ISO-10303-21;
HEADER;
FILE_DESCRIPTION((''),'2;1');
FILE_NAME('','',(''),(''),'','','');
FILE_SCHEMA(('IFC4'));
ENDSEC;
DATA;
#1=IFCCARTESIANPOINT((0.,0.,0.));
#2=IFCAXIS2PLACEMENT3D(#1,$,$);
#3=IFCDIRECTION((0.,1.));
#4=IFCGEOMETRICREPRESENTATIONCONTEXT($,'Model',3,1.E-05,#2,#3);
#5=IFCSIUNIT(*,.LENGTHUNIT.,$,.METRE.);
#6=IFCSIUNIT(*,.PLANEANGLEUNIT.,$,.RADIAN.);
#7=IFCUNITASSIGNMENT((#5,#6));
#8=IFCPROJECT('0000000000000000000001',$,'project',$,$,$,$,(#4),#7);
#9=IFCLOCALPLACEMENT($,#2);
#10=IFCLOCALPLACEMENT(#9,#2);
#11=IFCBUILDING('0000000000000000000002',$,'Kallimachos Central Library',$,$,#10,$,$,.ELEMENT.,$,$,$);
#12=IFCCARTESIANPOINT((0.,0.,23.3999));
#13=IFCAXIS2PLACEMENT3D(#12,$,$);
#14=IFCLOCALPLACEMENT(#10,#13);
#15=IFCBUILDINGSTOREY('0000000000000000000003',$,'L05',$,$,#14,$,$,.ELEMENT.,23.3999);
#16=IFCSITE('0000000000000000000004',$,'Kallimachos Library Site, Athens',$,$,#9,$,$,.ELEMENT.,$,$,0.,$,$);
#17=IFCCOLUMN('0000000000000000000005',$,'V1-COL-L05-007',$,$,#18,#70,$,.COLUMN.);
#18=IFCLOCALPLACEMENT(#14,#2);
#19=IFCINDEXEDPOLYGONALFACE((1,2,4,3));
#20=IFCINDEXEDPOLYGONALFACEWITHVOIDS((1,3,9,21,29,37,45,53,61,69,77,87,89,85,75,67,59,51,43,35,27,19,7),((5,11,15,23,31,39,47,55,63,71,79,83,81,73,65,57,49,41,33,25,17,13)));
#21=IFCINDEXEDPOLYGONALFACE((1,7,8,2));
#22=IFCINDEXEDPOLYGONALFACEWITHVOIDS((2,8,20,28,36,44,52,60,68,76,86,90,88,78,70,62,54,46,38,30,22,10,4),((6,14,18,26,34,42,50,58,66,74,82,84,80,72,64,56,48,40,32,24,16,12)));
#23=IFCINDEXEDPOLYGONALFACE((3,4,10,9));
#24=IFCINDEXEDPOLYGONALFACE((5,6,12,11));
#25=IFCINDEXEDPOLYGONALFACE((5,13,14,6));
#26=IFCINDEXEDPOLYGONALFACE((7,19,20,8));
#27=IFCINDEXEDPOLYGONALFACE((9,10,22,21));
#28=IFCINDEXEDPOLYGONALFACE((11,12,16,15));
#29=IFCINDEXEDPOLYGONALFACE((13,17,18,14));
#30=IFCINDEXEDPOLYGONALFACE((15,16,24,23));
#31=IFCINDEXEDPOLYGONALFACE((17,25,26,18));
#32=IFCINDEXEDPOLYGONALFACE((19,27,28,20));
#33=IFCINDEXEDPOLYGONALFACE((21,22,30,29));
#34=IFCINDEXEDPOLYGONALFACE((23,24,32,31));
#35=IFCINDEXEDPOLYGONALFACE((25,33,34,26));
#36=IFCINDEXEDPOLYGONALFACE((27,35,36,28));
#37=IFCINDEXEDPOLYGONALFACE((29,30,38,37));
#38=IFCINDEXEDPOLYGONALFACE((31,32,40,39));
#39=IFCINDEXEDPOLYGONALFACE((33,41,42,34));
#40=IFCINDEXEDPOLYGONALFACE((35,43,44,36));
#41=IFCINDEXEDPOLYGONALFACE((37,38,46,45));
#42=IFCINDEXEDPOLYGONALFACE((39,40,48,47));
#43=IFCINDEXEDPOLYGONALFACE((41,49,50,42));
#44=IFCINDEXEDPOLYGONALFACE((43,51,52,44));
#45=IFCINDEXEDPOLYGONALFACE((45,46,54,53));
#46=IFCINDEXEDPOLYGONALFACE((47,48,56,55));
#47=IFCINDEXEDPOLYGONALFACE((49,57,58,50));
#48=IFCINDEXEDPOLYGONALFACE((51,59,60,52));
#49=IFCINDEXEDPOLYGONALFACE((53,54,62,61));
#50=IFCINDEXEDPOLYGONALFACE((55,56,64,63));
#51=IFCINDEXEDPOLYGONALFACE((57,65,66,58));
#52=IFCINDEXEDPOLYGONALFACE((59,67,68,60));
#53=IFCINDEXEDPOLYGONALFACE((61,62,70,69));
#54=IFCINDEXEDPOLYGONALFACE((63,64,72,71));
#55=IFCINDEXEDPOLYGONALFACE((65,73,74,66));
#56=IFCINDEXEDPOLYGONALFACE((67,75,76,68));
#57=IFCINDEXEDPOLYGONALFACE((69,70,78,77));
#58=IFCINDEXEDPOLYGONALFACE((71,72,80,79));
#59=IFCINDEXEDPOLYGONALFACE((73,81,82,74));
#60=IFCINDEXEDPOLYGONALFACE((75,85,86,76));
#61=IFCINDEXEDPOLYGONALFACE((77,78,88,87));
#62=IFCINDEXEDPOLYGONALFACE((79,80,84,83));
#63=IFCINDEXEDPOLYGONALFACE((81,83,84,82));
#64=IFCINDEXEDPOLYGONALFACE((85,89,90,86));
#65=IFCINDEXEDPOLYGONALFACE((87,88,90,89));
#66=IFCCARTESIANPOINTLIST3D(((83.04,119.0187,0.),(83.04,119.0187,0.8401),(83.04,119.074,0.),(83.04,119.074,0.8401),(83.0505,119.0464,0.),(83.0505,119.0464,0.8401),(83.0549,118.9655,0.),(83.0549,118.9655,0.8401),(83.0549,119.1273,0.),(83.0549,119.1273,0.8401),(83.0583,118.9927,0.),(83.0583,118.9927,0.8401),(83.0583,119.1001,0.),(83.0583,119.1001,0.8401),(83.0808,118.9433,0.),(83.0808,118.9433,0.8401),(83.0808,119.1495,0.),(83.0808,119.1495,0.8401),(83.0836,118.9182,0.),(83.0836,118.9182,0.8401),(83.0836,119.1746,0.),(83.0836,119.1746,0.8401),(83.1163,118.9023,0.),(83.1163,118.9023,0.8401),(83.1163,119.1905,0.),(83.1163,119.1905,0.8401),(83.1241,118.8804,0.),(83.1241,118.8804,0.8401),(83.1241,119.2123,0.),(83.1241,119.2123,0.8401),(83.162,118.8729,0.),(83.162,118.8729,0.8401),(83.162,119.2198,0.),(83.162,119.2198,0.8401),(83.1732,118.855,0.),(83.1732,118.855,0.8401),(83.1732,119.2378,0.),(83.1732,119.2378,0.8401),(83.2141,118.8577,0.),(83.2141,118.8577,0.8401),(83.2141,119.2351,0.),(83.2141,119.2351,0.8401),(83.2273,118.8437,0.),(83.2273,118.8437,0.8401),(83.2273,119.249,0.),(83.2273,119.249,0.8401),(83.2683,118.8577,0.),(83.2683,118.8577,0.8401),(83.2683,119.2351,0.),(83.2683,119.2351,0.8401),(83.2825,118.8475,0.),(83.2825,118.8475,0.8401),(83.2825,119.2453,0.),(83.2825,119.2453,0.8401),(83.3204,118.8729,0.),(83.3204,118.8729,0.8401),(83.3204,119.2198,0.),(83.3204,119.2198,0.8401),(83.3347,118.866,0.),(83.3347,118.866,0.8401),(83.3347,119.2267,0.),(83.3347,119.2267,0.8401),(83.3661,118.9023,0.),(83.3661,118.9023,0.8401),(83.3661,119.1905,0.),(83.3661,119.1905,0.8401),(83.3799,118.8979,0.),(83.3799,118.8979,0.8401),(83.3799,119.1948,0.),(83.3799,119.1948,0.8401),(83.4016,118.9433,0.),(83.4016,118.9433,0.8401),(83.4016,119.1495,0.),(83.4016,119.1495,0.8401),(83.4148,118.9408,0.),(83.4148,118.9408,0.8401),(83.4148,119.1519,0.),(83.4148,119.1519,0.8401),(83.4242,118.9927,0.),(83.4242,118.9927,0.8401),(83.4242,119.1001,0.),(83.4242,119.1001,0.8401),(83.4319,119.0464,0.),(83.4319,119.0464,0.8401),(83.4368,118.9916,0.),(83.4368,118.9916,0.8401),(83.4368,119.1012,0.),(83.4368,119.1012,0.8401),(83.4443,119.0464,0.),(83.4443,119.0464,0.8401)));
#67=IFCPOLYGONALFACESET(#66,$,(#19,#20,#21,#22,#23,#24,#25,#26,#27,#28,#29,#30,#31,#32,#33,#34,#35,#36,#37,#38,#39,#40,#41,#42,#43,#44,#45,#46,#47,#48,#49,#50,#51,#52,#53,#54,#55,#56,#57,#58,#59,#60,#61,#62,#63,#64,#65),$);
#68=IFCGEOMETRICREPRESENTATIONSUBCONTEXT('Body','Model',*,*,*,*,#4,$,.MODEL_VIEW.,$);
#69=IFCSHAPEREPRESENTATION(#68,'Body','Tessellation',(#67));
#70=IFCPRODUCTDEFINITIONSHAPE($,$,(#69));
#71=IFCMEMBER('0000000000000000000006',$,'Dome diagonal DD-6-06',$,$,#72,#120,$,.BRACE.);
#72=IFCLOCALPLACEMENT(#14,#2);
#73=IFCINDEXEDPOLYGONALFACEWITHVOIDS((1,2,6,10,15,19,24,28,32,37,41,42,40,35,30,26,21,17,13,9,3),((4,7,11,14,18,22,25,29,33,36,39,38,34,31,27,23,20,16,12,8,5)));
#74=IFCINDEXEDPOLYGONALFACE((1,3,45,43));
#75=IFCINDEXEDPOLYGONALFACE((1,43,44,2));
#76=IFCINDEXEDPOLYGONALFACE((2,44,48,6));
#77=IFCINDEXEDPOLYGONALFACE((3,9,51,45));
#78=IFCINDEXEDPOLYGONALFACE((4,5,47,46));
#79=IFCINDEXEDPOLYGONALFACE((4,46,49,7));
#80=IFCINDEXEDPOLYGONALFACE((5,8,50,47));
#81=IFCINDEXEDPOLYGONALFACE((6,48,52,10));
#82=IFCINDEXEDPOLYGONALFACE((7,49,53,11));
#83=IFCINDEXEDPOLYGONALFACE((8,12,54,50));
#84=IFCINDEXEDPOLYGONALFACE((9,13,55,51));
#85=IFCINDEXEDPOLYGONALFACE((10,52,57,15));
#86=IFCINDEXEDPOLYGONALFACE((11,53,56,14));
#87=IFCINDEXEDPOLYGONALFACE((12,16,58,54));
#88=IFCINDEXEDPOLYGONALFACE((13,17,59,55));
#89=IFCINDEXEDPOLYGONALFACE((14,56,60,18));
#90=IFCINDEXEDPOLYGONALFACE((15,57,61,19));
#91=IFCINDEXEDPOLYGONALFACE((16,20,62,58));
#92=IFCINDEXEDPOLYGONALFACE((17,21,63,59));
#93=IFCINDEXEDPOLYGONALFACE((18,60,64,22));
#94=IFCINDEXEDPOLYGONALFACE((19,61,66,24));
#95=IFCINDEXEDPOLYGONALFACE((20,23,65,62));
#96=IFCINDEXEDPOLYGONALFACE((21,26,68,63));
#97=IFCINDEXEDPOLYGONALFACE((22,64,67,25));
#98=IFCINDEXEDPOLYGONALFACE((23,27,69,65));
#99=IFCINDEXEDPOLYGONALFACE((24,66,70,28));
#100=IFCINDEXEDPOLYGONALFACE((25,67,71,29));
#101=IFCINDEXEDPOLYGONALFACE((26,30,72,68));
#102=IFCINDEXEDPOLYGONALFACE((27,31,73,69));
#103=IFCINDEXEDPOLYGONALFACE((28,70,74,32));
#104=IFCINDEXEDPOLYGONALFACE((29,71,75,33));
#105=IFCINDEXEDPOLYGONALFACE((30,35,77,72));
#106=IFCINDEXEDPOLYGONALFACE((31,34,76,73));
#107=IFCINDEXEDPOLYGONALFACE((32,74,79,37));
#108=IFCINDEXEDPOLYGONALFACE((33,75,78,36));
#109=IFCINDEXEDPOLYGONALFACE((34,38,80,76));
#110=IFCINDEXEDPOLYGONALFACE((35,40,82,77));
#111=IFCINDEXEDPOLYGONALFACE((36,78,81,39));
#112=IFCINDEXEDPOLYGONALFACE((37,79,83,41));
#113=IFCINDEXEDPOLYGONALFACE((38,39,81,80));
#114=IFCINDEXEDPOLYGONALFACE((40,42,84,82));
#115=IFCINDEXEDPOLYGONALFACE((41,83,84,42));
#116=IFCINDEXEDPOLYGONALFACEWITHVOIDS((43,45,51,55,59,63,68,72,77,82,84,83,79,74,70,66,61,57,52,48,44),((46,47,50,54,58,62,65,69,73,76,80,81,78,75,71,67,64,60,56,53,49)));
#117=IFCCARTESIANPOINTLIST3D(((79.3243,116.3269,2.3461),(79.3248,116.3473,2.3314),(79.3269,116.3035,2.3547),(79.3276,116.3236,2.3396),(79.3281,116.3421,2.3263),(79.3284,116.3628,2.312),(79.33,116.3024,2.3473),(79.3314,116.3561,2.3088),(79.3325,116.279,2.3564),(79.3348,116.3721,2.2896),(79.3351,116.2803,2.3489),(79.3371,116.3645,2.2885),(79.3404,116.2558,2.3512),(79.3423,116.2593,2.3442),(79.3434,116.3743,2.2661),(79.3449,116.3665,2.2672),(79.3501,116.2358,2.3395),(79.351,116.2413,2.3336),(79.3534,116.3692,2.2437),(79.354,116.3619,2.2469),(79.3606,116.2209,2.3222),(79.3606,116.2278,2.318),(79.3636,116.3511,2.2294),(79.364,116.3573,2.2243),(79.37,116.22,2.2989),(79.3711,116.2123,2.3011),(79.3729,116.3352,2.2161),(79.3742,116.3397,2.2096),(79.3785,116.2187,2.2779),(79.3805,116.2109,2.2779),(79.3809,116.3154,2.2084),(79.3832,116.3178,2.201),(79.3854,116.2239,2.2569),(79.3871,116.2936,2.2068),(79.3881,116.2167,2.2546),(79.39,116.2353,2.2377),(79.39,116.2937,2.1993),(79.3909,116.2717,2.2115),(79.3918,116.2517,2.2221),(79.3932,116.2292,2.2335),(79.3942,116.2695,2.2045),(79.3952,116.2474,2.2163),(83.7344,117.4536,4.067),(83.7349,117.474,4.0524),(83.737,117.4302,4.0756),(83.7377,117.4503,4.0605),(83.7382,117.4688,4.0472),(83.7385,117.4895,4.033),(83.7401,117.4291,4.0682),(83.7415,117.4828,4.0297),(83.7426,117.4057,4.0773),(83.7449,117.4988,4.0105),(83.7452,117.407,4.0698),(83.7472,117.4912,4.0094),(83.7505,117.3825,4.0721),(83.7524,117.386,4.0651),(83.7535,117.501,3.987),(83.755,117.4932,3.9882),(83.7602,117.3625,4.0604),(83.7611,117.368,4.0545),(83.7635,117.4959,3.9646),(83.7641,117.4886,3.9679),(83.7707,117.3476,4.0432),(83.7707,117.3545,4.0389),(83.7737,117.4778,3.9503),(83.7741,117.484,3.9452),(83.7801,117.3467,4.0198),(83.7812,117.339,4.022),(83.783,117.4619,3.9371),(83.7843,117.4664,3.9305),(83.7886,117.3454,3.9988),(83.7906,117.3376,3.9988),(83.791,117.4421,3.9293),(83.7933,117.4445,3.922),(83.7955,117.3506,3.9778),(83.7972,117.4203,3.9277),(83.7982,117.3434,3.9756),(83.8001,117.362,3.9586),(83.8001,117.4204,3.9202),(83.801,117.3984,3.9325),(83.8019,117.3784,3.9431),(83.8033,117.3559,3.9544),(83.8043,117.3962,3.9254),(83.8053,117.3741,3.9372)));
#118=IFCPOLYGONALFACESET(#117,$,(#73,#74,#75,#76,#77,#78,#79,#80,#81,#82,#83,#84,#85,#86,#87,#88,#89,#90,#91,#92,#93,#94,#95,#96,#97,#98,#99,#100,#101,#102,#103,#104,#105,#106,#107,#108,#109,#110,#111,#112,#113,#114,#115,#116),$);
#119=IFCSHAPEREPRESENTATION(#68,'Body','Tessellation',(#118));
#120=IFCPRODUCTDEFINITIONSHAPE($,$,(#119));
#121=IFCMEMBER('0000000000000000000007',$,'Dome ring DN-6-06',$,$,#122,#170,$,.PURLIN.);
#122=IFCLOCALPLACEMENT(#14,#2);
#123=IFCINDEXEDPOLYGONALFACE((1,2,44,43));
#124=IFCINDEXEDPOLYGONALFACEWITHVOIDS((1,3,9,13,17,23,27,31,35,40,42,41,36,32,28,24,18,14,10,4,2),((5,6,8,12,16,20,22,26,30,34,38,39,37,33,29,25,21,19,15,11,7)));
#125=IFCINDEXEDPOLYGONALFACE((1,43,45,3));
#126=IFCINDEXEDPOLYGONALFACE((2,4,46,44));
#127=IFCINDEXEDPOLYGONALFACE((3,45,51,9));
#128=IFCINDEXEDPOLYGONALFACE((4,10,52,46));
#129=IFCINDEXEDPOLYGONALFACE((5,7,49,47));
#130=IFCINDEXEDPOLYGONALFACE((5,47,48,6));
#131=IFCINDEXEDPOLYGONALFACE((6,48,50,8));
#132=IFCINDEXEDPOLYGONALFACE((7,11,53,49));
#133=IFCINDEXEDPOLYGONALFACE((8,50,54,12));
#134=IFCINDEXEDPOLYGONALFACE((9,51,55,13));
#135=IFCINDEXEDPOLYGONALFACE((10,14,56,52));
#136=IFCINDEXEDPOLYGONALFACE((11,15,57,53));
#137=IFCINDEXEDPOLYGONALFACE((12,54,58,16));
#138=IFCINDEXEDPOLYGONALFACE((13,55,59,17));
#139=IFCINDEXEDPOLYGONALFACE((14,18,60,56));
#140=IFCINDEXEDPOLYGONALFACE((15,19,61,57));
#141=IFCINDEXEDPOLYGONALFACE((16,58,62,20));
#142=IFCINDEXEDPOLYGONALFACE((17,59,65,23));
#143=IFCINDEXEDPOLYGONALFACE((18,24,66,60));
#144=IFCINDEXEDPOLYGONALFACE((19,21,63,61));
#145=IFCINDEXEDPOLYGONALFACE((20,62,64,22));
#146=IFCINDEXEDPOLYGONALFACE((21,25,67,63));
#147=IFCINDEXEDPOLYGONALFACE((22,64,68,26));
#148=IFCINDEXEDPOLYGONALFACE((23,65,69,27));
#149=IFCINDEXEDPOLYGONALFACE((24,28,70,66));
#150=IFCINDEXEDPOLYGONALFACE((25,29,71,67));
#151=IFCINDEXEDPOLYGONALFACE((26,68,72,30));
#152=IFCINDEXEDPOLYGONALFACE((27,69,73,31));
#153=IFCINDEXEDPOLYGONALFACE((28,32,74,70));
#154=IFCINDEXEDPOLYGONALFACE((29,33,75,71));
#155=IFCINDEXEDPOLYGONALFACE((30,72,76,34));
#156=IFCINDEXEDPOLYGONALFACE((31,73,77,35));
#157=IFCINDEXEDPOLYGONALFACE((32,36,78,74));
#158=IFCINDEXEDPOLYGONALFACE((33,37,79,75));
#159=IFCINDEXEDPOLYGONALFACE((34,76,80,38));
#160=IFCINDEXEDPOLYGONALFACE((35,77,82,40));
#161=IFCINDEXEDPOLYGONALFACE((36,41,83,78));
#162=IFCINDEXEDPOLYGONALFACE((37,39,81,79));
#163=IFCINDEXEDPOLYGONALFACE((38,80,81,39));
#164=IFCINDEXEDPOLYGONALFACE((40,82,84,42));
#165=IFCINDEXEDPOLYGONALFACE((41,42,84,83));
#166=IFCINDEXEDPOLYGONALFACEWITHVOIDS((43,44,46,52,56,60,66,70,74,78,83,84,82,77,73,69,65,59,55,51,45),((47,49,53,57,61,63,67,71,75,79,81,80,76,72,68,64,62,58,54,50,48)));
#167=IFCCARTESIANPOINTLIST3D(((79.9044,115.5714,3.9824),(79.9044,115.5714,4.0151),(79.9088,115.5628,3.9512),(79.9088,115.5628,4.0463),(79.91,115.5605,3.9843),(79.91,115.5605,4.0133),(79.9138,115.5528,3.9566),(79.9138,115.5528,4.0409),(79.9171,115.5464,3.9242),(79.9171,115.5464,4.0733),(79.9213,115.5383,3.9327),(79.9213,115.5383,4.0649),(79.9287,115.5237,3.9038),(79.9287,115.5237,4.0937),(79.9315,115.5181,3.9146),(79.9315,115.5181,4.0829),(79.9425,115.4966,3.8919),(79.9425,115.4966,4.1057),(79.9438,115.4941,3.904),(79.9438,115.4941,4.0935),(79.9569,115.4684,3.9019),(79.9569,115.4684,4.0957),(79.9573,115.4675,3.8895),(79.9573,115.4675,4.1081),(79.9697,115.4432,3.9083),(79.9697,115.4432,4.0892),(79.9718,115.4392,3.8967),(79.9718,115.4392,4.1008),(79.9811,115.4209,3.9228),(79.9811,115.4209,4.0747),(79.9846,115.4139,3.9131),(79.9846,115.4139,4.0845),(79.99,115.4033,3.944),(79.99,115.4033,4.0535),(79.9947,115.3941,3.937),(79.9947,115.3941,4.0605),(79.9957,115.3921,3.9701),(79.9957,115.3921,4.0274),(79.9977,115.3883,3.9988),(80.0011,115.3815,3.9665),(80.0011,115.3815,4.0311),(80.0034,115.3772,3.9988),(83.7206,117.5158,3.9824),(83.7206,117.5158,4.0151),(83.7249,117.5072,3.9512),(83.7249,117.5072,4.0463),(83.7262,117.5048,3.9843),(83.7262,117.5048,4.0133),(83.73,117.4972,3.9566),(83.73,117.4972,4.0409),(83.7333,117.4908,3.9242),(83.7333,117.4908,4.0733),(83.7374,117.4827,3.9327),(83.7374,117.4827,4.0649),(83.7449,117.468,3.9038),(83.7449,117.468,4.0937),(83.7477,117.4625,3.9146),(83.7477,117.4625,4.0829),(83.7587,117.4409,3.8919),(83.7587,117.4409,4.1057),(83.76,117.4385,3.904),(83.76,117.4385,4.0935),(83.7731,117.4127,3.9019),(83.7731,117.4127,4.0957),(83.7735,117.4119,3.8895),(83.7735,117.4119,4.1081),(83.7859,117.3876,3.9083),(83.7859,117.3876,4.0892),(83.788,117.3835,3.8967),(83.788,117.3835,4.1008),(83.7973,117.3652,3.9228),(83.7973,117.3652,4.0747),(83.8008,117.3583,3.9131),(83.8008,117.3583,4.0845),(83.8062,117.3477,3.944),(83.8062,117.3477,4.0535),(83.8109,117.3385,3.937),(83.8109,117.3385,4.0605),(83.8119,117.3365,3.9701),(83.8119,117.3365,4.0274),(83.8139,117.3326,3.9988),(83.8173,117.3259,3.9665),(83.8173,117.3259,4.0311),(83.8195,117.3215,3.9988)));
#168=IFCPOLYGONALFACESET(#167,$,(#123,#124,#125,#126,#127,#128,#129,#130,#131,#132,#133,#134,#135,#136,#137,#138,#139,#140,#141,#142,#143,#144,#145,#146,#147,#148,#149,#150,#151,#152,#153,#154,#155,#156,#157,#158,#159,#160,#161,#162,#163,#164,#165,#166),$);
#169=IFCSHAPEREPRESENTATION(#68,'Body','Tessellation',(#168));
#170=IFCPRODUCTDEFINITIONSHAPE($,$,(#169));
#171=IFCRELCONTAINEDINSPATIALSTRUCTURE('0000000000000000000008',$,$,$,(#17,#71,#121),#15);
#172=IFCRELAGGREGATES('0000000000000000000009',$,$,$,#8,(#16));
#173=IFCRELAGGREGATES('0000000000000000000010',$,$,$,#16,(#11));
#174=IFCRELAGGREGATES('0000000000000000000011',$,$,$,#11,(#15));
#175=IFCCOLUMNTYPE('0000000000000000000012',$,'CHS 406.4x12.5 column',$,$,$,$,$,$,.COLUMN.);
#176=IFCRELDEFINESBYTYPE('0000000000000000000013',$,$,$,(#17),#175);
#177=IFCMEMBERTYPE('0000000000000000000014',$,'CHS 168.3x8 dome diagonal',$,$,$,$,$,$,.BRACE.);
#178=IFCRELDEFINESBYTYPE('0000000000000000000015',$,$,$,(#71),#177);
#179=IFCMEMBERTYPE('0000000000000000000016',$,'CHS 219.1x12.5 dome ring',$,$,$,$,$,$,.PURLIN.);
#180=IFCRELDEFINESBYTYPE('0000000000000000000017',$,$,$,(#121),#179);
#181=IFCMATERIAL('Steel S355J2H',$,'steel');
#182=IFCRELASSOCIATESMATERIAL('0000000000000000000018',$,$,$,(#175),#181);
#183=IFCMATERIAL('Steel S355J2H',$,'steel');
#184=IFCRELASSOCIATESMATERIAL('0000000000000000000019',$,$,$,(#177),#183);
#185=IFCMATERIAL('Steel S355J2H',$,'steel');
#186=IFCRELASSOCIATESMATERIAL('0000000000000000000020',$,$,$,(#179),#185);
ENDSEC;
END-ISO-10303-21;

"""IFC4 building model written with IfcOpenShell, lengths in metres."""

from ifc_helpers import new_model, si_unit, direction, frame, origin, origin_2d, place, context, subcontext, project, spatial, hollow_circle, extrude, material, material_profile, profile_set, type_object, element, save


model = new_model("IFC4")

# Units and contexts
model_context = context("Model", 3, precision=1e-05, world=origin(), true_north=direction((0.0, 1.0)))
body_context = subcontext(model_context, "Body", "Model", "MODEL_VIEW")
ifc_project = project(units=[si_unit("LENGTHUNIT", "METRE"), si_unit("PLANEANGLEUNIT", "RADIAN")], contexts=[model_context])

# Site, building, storey
site_placement = place(None, origin())
site = spatial("IfcSite", under=ifc_project, at=site_placement, Name="Kallimachos Library Site, Athens", CompositionType="ELEMENT", RefElevation=0.0)
building_placement = place(site_placement, origin())
building = spatial("IfcBuilding", under=site, at=building_placement, Name="Kallimachos Central Library", CompositionType="ELEMENT")
storey_placement = place(building_placement, frame((0.0, 0.0, 23.3999)))
storey = spatial("IfcBuildingStorey", under=building, at=storey_placement, Name="L05", CompositionType="ELEMENT", Elevation=23.3999)

# Column
ifc_material_1 = material(Name="Steel S355J2H", Category="steel")
ifc_material_profile_1 = material_profile(ifc_material_1, hollow_circle(Radius=0.2031, WallThickness=0.0125, at=origin_2d()), Name="CHS 406.4x12.5")
ifc_profile_set_1 = profile_set([ifc_material_profile_1], Name="Steel S355J2H")
column_type = type_object("IfcColumnType", Name="CHS 406.4x12.5 column", PredefinedType="COLUMN", material=ifc_profile_set_1)
column_placement = place(storey_placement, frame((83.2412, 119.0464, 0.0), z_axis=(0.0, 0.0, 1.0), x_axis=(1.0, 0.0, 0.0)))
element("IfcColumn", 1, at=column_placement, inside=storey, type_object=column_type, Name="V1-COL-L05-007", PredefinedType="COLUMN", context=body_context, shape_type="SweptSolid", body=[
    extrude(hollow_circle(Radius=0.2031, WallThickness=0.0125, at=origin_2d()), origin(), (0.0, 0.0, 1.0), 0.8401),
])

# Members
ifc_material_2 = material(Name="Steel S355J2H", Category="steel")
ifc_material_profile_2 = material_profile(ifc_material_2, hollow_circle(Radius=0.0842, WallThickness=0.0081, at=origin_2d()), Name="CHS 168.3x8")
ifc_profile_set_2 = profile_set([ifc_material_profile_2], Name="Steel S355J2H")
member_type_1 = type_object("IfcMemberType", Name="CHS 168.3x8 dome diagonal", PredefinedType="BRACE", material=ifc_profile_set_2)
member_1_placement = place(storey_placement, frame((83.7698, 117.4192, 3.9988), z_axis=(-0.90627, -0.231534, -0.353648), x_axis=(0.24753, -0.96888, 0.0)))
element("IfcMember", 2, at=member_1_placement, inside=storey, type_object=member_type_1, Name="Dome diagonal DD-6-06", PredefinedType="BRACE", context=body_context, shape_type="SweptSolid", body=[
    extrude(hollow_circle(Radius=0.0842, WallThickness=0.0081, at=origin_2d()), origin(), (0.0, 0.0, 1.0), 4.8662),
])
ifc_material_3 = material(Name="Steel S355J2H", Category="steel")
ifc_material_profile_3 = material_profile(ifc_material_3, hollow_circle(Radius=0.1096, WallThickness=0.0125, at=origin_2d()), Name="CHS 219.1x12.5")
ifc_profile_set_3 = profile_set([ifc_material_profile_3], Name="Steel S355J2H")
member_type_2 = type_object("IfcMemberType", Name="CHS 219.1x12.5 dome ring", PredefinedType="PURLIN", material=ifc_profile_set_3)
member_2_placement = place(storey_placement, frame((83.7698, 117.4192, 3.9988), z_axis=(-0.891016, -0.453973, 0.0), x_axis=(0.453973, -0.891016, 0.0)))
element("IfcMember", 3, at=member_2_placement, inside=storey, type_object=member_type_2, Name="Dome ring DN-6-06", PredefinedType="PURLIN", context=body_context, shape_type="SweptSolid", body=[
    extrude(hollow_circle(Radius=0.1096, WallThickness=0.0125, at=origin_2d()), origin(), (0.0, 0.0, 1.0), 4.283),
])

save(model, "model.ifc")
